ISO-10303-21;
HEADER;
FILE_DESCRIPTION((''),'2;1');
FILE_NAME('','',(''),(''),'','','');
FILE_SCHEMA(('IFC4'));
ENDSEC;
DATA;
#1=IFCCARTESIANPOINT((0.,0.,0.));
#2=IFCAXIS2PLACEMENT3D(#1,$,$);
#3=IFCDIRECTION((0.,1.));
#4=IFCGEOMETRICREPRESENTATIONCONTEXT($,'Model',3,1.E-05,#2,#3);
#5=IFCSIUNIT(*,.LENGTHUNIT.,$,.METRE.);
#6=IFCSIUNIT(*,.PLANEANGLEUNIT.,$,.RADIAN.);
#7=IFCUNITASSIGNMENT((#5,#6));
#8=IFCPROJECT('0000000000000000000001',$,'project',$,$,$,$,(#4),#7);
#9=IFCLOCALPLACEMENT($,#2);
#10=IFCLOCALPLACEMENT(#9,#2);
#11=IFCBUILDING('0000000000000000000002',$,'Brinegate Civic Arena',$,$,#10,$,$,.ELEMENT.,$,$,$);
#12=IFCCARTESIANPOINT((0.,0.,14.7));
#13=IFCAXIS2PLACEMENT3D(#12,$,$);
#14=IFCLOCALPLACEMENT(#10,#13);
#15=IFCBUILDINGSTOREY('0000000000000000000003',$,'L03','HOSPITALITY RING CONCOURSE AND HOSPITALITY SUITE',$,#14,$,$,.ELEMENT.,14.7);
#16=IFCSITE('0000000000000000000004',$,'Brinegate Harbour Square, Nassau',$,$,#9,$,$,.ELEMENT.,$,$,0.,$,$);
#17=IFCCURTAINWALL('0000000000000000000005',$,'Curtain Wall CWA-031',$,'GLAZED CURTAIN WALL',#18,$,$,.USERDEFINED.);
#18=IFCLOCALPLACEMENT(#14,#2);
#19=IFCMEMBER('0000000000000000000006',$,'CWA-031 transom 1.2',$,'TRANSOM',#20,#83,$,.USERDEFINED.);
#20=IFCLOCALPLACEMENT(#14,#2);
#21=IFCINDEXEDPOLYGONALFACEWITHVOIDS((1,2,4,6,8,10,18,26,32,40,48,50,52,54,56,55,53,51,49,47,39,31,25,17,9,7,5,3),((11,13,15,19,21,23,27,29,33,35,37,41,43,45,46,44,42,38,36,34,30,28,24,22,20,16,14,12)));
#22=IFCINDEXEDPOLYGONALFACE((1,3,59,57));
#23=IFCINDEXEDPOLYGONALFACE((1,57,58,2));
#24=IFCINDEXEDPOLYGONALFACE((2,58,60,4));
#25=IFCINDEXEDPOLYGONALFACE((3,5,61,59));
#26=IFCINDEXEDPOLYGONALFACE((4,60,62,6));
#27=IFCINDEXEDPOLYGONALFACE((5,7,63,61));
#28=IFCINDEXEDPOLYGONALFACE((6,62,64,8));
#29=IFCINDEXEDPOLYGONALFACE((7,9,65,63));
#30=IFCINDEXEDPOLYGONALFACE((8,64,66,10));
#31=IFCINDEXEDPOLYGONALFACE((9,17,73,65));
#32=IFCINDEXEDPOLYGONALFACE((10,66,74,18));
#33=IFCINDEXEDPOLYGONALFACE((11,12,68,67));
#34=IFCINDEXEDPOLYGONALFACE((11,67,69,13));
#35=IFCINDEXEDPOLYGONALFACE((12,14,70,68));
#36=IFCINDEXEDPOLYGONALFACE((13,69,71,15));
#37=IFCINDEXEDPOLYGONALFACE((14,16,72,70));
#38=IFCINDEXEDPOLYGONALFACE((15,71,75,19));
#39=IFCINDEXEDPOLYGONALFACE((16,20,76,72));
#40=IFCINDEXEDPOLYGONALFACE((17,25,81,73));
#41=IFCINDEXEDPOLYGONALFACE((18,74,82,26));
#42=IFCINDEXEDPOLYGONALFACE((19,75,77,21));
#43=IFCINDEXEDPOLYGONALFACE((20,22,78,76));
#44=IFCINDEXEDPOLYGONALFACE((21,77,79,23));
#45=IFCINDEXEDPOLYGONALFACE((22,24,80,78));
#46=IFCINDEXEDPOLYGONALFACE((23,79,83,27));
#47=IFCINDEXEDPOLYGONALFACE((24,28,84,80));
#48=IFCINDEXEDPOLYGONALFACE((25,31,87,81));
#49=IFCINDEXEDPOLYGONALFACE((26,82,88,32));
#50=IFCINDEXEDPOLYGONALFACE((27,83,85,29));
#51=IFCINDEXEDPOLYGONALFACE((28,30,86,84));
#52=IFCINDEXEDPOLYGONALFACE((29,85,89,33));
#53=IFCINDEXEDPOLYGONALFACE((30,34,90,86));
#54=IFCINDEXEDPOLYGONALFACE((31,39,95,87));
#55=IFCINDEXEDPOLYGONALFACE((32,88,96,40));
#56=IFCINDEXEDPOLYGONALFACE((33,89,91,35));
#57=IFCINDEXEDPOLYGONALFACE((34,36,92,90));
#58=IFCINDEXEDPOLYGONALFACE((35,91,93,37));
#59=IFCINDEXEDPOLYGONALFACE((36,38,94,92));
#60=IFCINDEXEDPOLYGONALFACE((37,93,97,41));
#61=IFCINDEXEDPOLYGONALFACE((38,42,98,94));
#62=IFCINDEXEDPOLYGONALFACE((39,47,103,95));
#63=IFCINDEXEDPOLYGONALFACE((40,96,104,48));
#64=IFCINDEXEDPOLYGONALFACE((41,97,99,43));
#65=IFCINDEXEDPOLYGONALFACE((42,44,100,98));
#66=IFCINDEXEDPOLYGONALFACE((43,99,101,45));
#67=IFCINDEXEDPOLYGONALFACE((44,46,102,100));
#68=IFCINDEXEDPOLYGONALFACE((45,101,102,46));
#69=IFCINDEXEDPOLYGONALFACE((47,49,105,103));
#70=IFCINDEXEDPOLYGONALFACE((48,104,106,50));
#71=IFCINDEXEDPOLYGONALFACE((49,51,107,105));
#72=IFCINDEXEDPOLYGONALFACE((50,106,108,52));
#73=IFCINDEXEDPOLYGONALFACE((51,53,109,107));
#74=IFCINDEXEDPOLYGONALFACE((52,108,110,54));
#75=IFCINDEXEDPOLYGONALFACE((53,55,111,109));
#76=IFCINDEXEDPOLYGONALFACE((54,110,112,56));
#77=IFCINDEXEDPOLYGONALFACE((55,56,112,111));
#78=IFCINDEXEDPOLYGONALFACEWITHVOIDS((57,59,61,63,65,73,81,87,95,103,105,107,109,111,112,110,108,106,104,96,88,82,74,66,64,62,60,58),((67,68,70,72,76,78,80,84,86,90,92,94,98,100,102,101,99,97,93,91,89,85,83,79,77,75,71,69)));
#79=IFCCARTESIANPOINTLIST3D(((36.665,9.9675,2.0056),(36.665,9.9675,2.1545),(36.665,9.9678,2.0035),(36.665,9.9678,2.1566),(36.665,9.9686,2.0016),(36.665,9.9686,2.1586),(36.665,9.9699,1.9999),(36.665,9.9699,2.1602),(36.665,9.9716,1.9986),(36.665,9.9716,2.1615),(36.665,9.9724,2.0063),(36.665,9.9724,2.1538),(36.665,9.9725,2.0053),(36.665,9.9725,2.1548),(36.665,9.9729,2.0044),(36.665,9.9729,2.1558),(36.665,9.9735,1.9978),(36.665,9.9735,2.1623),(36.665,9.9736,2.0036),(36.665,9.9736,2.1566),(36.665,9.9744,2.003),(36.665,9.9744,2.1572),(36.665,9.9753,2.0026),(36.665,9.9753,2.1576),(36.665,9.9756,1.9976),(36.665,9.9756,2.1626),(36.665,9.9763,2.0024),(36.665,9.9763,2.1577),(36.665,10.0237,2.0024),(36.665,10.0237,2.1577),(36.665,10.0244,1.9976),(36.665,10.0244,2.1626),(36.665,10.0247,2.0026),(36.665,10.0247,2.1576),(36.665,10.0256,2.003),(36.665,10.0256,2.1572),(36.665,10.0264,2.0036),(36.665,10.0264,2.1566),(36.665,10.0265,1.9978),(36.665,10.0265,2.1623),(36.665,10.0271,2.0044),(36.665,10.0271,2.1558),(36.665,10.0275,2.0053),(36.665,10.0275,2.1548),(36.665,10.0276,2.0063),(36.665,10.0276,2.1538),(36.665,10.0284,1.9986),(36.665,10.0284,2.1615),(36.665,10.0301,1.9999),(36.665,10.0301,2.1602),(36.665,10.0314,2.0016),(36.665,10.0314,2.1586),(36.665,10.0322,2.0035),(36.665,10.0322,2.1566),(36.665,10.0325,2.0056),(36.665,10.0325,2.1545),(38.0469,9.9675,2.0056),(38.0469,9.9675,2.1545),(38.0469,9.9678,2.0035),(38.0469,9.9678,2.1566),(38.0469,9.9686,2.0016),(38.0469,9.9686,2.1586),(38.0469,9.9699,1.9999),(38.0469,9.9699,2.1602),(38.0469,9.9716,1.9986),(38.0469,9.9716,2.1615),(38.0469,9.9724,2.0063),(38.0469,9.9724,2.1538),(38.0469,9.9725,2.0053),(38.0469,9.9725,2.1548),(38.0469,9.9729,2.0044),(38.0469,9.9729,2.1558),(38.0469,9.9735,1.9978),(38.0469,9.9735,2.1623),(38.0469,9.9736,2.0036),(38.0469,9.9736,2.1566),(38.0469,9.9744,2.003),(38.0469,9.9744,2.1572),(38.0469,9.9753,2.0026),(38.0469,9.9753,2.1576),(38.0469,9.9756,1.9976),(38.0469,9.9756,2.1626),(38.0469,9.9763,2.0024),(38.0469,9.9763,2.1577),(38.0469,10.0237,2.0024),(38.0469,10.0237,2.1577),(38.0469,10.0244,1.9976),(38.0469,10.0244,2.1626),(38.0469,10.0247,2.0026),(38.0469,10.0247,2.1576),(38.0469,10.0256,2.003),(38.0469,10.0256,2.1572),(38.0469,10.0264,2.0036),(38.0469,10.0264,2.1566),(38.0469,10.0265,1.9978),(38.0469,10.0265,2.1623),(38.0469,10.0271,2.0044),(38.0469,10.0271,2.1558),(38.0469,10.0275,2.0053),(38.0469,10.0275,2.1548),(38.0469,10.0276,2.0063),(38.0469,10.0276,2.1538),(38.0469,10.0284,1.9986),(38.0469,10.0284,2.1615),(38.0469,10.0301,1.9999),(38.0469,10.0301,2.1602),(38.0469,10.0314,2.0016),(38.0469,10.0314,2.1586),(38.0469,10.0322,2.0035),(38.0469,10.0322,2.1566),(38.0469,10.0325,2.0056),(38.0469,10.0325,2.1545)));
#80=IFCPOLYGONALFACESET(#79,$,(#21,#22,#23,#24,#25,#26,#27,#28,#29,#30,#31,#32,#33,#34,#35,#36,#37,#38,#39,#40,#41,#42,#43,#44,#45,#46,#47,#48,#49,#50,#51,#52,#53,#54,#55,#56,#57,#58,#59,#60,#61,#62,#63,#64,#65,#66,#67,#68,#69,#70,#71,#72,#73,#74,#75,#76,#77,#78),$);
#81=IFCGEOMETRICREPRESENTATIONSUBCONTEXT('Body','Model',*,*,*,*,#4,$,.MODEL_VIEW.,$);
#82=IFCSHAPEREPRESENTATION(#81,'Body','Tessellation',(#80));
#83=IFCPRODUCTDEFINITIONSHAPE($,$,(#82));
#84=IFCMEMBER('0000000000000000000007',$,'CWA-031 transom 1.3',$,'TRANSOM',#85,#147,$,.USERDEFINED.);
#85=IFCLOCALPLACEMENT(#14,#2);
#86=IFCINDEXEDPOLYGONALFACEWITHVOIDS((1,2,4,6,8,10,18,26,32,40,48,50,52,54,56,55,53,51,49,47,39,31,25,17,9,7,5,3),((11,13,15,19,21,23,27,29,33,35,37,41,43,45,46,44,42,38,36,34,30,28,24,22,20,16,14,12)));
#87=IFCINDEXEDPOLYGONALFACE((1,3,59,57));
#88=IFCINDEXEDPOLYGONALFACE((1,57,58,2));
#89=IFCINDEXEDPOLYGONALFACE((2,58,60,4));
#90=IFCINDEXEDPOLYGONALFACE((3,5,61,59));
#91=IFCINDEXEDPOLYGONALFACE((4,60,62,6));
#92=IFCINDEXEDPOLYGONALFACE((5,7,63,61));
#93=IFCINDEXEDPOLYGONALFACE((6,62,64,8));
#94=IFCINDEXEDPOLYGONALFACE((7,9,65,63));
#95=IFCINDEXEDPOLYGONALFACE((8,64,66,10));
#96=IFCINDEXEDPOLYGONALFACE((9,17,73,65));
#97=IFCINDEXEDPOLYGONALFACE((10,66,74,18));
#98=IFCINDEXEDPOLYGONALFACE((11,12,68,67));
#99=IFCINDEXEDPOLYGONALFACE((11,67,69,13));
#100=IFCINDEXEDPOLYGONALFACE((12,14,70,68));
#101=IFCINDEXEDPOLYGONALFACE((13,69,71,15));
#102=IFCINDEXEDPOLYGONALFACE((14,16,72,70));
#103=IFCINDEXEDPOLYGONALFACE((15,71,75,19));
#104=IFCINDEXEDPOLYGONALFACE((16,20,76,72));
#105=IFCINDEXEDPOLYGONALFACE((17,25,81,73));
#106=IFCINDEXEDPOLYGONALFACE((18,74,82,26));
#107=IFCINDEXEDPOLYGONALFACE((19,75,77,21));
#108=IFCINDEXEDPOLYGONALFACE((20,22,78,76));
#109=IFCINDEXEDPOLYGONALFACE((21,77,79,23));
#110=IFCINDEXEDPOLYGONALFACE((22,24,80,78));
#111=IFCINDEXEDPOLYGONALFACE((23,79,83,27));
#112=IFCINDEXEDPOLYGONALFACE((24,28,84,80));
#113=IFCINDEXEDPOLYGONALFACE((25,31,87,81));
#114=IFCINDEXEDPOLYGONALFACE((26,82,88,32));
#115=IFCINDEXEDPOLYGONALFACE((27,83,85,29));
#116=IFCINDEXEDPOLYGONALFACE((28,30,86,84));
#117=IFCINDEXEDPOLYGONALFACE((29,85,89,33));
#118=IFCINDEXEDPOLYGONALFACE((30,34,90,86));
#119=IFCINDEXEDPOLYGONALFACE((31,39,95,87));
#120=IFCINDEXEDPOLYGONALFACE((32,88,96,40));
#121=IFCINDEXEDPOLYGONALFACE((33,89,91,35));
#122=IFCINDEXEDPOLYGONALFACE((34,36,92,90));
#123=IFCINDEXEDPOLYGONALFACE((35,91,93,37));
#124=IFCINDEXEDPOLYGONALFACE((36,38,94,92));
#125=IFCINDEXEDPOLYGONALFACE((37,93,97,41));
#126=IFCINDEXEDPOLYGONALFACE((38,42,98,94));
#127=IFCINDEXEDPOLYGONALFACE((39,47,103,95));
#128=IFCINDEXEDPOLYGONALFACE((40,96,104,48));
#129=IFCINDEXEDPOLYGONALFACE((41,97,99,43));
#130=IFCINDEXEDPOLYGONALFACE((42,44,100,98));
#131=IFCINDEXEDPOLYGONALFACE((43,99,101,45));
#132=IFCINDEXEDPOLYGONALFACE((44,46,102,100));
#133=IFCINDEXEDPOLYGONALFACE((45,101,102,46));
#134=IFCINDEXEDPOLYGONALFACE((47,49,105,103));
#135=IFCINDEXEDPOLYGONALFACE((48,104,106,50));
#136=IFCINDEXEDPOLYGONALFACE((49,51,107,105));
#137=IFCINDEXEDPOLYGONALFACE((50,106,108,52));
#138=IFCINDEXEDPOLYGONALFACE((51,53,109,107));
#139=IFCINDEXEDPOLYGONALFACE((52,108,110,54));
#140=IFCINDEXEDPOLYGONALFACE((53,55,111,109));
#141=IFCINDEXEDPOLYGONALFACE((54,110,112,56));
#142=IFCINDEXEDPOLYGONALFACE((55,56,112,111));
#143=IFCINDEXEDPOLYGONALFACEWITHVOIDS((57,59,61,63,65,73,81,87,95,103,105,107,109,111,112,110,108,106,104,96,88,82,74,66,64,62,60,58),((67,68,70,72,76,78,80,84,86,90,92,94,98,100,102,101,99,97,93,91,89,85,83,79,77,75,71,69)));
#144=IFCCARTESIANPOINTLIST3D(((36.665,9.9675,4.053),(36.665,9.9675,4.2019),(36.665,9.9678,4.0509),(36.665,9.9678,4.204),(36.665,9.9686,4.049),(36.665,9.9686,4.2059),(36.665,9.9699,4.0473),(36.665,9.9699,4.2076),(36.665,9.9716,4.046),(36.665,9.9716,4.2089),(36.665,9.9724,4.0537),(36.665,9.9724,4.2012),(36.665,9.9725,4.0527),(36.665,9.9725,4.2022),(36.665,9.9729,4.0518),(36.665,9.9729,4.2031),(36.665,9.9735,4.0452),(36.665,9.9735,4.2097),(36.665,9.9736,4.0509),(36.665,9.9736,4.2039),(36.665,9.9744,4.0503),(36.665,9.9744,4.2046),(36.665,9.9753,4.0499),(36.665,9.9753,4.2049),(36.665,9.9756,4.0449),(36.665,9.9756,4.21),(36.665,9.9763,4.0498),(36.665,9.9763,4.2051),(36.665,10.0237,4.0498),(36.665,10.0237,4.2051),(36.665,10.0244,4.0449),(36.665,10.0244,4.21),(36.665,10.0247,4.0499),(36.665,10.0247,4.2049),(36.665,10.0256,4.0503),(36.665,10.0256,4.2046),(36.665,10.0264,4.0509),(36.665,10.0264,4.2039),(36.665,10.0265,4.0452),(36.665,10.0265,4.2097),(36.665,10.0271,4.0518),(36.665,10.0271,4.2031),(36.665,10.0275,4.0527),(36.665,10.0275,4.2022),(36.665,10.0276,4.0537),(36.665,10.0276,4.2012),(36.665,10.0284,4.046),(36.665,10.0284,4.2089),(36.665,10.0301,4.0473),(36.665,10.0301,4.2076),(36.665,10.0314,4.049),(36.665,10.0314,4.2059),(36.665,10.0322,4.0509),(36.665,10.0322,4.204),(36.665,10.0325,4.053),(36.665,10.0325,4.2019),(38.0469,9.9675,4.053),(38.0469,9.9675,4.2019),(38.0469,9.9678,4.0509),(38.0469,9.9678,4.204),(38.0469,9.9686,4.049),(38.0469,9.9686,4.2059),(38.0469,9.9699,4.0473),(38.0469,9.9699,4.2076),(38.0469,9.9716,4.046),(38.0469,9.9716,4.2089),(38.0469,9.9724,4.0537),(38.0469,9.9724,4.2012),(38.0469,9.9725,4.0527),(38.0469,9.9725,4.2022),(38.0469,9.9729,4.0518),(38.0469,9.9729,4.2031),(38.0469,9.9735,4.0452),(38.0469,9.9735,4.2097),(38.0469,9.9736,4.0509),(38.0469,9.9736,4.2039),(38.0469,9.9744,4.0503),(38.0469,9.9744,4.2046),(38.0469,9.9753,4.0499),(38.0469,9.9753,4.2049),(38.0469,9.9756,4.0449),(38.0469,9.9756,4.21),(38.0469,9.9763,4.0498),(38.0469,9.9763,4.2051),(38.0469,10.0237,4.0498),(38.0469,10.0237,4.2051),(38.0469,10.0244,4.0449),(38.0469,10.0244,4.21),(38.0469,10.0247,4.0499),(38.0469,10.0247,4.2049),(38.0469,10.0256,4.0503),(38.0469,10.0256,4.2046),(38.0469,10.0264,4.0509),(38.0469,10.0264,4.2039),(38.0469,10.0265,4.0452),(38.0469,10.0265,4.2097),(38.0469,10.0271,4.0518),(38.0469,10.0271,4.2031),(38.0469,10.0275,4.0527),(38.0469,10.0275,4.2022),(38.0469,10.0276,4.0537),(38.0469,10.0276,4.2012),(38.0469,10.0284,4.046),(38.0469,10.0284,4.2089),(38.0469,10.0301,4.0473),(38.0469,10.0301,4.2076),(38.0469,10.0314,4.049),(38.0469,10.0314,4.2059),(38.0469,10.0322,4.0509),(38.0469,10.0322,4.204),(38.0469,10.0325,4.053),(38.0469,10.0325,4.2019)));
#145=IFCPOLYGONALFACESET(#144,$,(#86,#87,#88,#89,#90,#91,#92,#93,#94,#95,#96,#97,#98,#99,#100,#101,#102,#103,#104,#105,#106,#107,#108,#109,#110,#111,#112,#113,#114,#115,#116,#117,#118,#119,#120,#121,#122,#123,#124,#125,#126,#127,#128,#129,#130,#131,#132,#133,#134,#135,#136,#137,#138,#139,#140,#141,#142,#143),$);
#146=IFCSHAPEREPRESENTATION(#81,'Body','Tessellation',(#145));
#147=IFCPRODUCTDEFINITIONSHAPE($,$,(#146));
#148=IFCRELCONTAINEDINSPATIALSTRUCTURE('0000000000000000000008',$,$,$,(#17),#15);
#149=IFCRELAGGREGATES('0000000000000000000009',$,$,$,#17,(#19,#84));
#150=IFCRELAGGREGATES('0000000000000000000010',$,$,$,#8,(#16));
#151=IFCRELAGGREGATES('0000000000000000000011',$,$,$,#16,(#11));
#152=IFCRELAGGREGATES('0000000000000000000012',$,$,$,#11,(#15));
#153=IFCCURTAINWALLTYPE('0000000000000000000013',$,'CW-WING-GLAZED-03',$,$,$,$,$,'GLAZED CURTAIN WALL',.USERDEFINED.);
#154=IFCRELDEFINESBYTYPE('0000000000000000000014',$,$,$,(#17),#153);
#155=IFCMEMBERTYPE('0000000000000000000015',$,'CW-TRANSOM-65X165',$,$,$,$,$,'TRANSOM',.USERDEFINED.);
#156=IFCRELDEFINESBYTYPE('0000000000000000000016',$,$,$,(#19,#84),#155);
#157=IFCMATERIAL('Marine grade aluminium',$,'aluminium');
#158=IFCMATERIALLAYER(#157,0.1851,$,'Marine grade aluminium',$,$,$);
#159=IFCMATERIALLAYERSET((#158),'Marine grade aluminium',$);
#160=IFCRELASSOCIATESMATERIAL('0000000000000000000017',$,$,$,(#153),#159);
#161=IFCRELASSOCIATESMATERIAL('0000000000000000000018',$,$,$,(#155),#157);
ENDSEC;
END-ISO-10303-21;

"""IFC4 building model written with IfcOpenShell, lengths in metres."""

from ifc_helpers import new_model, si_unit, direction, frame, origin, origin_2d, place, context, subcontext, project, spatial, hollow_rectangle, extrude, material, layer, layer_set, material_profile, profile_set, type_object, element, aggregate, save


model = new_model("IFC4")

# Units and contexts
model_context = context("Model", 3, precision=1e-05, world=origin(), true_north=direction((0.0, 1.0)))
body_context = subcontext(model_context, "Body", "Model", "MODEL_VIEW")
ifc_project = project(units=[si_unit("LENGTHUNIT", "METRE"), si_unit("PLANEANGLEUNIT", "RADIAN")], contexts=[model_context])

# Site, building, storey
site_placement = place(None, origin())
site = spatial("IfcSite", under=ifc_project, at=site_placement, Name="Brinegate Harbour Square, Nassau", CompositionType="ELEMENT", RefElevation=0.0)
building_placement = place(site_placement, origin())
building = spatial("IfcBuilding", under=site, at=building_placement, Name="Brinegate Civic Arena", CompositionType="ELEMENT")
storey_placement = place(building_placement, frame((0.0, 0.0, 14.7)))
storey = spatial("IfcBuildingStorey", under=building, at=storey_placement, Name="L03", Description="HOSPITALITY RING CONCOURSE AND HOSPITALITY SUITE", CompositionType="ELEMENT", Elevation=14.7)

# Curtain wall
ifc_material_1 = material(Name="Marine grade aluminium", Category="aluminium")
ifc_layer_1 = layer(ifc_material_1, 0.1851, Name="Marine grade aluminium")
ifc_layer_set_1 = layer_set([ifc_layer_1], Name="Marine grade aluminium")
curtain_wall_type = type_object("IfcCurtainWallType", Name="CW-WING-GLAZED-03", ElementType="GLAZED CURTAIN WALL", PredefinedType="USERDEFINED", material=ifc_layer_set_1)
curtain_wall_1_placement = place(storey_placement, origin())
curtain_wall_1 = element("IfcCurtainWall", 1, at=curtain_wall_1_placement, inside=storey, type_object=curtain_wall_type, Name="Curtain Wall CWA-031", ObjectType="GLAZED CURTAIN WALL", PredefinedType="USERDEFINED")

# Members
ifc_material_profile_1 = material_profile(ifc_material_1, hollow_rectangle(XDim=0.0649, YDim=0.165, WallThickness=0.0049, InnerFilletRadius=0.0039, OuterFilletRadius=0.0081, at=origin_2d()), Name="TRN65X165")
ifc_profile_set_1 = profile_set([ifc_material_profile_1], Name="Marine grade aluminium")
member_type_1 = type_object("IfcMemberType", Name="CW-TRANSOM-65X165", ElementType="TRANSOM", PredefinedType="USERDEFINED", material=ifc_profile_set_1)
member_1_placement = place(storey_placement, frame((36.665, 10.0, 2.0801), z_axis=(1.0, 0.0, 0.0), x_axis=(0.0, 1.0, 0.0)))
member_1 = element("IfcMember", 2, at=member_1_placement, type_object=member_type_1, Name="CWA-031 transom 1.2", ObjectType="TRANSOM", PredefinedType="USERDEFINED", context=body_context, shape_type="SweptSolid", body=[
    extrude(hollow_rectangle(XDim=0.0649, YDim=0.165, WallThickness=0.0049, InnerFilletRadius=0.0039, OuterFilletRadius=0.0081, at=origin_2d()), origin(), (0.0, 0.0, 1.0), 1.3818),
])
member_2_placement = place(storey_placement, frame((36.665, 10.0, 4.1274), z_axis=(1.0, 0.0, 0.0), x_axis=(0.0, 1.0, 0.0)))
member_2 = element("IfcMember", 3, at=member_2_placement, type_object=member_type_1, Name="CWA-031 transom 1.3", ObjectType="TRANSOM", PredefinedType="USERDEFINED", context=body_context, shape_type="SweptSolid", body=[
    extrude(hollow_rectangle(XDim=0.0649, YDim=0.165, WallThickness=0.0049, InnerFilletRadius=0.0039, OuterFilletRadius=0.0081, at=origin_2d()), origin(), (0.0, 0.0, 1.0), 1.3818),
])

aggregate(curtain_wall_1, [member_1, member_2])

save(model, "model.ifc")
